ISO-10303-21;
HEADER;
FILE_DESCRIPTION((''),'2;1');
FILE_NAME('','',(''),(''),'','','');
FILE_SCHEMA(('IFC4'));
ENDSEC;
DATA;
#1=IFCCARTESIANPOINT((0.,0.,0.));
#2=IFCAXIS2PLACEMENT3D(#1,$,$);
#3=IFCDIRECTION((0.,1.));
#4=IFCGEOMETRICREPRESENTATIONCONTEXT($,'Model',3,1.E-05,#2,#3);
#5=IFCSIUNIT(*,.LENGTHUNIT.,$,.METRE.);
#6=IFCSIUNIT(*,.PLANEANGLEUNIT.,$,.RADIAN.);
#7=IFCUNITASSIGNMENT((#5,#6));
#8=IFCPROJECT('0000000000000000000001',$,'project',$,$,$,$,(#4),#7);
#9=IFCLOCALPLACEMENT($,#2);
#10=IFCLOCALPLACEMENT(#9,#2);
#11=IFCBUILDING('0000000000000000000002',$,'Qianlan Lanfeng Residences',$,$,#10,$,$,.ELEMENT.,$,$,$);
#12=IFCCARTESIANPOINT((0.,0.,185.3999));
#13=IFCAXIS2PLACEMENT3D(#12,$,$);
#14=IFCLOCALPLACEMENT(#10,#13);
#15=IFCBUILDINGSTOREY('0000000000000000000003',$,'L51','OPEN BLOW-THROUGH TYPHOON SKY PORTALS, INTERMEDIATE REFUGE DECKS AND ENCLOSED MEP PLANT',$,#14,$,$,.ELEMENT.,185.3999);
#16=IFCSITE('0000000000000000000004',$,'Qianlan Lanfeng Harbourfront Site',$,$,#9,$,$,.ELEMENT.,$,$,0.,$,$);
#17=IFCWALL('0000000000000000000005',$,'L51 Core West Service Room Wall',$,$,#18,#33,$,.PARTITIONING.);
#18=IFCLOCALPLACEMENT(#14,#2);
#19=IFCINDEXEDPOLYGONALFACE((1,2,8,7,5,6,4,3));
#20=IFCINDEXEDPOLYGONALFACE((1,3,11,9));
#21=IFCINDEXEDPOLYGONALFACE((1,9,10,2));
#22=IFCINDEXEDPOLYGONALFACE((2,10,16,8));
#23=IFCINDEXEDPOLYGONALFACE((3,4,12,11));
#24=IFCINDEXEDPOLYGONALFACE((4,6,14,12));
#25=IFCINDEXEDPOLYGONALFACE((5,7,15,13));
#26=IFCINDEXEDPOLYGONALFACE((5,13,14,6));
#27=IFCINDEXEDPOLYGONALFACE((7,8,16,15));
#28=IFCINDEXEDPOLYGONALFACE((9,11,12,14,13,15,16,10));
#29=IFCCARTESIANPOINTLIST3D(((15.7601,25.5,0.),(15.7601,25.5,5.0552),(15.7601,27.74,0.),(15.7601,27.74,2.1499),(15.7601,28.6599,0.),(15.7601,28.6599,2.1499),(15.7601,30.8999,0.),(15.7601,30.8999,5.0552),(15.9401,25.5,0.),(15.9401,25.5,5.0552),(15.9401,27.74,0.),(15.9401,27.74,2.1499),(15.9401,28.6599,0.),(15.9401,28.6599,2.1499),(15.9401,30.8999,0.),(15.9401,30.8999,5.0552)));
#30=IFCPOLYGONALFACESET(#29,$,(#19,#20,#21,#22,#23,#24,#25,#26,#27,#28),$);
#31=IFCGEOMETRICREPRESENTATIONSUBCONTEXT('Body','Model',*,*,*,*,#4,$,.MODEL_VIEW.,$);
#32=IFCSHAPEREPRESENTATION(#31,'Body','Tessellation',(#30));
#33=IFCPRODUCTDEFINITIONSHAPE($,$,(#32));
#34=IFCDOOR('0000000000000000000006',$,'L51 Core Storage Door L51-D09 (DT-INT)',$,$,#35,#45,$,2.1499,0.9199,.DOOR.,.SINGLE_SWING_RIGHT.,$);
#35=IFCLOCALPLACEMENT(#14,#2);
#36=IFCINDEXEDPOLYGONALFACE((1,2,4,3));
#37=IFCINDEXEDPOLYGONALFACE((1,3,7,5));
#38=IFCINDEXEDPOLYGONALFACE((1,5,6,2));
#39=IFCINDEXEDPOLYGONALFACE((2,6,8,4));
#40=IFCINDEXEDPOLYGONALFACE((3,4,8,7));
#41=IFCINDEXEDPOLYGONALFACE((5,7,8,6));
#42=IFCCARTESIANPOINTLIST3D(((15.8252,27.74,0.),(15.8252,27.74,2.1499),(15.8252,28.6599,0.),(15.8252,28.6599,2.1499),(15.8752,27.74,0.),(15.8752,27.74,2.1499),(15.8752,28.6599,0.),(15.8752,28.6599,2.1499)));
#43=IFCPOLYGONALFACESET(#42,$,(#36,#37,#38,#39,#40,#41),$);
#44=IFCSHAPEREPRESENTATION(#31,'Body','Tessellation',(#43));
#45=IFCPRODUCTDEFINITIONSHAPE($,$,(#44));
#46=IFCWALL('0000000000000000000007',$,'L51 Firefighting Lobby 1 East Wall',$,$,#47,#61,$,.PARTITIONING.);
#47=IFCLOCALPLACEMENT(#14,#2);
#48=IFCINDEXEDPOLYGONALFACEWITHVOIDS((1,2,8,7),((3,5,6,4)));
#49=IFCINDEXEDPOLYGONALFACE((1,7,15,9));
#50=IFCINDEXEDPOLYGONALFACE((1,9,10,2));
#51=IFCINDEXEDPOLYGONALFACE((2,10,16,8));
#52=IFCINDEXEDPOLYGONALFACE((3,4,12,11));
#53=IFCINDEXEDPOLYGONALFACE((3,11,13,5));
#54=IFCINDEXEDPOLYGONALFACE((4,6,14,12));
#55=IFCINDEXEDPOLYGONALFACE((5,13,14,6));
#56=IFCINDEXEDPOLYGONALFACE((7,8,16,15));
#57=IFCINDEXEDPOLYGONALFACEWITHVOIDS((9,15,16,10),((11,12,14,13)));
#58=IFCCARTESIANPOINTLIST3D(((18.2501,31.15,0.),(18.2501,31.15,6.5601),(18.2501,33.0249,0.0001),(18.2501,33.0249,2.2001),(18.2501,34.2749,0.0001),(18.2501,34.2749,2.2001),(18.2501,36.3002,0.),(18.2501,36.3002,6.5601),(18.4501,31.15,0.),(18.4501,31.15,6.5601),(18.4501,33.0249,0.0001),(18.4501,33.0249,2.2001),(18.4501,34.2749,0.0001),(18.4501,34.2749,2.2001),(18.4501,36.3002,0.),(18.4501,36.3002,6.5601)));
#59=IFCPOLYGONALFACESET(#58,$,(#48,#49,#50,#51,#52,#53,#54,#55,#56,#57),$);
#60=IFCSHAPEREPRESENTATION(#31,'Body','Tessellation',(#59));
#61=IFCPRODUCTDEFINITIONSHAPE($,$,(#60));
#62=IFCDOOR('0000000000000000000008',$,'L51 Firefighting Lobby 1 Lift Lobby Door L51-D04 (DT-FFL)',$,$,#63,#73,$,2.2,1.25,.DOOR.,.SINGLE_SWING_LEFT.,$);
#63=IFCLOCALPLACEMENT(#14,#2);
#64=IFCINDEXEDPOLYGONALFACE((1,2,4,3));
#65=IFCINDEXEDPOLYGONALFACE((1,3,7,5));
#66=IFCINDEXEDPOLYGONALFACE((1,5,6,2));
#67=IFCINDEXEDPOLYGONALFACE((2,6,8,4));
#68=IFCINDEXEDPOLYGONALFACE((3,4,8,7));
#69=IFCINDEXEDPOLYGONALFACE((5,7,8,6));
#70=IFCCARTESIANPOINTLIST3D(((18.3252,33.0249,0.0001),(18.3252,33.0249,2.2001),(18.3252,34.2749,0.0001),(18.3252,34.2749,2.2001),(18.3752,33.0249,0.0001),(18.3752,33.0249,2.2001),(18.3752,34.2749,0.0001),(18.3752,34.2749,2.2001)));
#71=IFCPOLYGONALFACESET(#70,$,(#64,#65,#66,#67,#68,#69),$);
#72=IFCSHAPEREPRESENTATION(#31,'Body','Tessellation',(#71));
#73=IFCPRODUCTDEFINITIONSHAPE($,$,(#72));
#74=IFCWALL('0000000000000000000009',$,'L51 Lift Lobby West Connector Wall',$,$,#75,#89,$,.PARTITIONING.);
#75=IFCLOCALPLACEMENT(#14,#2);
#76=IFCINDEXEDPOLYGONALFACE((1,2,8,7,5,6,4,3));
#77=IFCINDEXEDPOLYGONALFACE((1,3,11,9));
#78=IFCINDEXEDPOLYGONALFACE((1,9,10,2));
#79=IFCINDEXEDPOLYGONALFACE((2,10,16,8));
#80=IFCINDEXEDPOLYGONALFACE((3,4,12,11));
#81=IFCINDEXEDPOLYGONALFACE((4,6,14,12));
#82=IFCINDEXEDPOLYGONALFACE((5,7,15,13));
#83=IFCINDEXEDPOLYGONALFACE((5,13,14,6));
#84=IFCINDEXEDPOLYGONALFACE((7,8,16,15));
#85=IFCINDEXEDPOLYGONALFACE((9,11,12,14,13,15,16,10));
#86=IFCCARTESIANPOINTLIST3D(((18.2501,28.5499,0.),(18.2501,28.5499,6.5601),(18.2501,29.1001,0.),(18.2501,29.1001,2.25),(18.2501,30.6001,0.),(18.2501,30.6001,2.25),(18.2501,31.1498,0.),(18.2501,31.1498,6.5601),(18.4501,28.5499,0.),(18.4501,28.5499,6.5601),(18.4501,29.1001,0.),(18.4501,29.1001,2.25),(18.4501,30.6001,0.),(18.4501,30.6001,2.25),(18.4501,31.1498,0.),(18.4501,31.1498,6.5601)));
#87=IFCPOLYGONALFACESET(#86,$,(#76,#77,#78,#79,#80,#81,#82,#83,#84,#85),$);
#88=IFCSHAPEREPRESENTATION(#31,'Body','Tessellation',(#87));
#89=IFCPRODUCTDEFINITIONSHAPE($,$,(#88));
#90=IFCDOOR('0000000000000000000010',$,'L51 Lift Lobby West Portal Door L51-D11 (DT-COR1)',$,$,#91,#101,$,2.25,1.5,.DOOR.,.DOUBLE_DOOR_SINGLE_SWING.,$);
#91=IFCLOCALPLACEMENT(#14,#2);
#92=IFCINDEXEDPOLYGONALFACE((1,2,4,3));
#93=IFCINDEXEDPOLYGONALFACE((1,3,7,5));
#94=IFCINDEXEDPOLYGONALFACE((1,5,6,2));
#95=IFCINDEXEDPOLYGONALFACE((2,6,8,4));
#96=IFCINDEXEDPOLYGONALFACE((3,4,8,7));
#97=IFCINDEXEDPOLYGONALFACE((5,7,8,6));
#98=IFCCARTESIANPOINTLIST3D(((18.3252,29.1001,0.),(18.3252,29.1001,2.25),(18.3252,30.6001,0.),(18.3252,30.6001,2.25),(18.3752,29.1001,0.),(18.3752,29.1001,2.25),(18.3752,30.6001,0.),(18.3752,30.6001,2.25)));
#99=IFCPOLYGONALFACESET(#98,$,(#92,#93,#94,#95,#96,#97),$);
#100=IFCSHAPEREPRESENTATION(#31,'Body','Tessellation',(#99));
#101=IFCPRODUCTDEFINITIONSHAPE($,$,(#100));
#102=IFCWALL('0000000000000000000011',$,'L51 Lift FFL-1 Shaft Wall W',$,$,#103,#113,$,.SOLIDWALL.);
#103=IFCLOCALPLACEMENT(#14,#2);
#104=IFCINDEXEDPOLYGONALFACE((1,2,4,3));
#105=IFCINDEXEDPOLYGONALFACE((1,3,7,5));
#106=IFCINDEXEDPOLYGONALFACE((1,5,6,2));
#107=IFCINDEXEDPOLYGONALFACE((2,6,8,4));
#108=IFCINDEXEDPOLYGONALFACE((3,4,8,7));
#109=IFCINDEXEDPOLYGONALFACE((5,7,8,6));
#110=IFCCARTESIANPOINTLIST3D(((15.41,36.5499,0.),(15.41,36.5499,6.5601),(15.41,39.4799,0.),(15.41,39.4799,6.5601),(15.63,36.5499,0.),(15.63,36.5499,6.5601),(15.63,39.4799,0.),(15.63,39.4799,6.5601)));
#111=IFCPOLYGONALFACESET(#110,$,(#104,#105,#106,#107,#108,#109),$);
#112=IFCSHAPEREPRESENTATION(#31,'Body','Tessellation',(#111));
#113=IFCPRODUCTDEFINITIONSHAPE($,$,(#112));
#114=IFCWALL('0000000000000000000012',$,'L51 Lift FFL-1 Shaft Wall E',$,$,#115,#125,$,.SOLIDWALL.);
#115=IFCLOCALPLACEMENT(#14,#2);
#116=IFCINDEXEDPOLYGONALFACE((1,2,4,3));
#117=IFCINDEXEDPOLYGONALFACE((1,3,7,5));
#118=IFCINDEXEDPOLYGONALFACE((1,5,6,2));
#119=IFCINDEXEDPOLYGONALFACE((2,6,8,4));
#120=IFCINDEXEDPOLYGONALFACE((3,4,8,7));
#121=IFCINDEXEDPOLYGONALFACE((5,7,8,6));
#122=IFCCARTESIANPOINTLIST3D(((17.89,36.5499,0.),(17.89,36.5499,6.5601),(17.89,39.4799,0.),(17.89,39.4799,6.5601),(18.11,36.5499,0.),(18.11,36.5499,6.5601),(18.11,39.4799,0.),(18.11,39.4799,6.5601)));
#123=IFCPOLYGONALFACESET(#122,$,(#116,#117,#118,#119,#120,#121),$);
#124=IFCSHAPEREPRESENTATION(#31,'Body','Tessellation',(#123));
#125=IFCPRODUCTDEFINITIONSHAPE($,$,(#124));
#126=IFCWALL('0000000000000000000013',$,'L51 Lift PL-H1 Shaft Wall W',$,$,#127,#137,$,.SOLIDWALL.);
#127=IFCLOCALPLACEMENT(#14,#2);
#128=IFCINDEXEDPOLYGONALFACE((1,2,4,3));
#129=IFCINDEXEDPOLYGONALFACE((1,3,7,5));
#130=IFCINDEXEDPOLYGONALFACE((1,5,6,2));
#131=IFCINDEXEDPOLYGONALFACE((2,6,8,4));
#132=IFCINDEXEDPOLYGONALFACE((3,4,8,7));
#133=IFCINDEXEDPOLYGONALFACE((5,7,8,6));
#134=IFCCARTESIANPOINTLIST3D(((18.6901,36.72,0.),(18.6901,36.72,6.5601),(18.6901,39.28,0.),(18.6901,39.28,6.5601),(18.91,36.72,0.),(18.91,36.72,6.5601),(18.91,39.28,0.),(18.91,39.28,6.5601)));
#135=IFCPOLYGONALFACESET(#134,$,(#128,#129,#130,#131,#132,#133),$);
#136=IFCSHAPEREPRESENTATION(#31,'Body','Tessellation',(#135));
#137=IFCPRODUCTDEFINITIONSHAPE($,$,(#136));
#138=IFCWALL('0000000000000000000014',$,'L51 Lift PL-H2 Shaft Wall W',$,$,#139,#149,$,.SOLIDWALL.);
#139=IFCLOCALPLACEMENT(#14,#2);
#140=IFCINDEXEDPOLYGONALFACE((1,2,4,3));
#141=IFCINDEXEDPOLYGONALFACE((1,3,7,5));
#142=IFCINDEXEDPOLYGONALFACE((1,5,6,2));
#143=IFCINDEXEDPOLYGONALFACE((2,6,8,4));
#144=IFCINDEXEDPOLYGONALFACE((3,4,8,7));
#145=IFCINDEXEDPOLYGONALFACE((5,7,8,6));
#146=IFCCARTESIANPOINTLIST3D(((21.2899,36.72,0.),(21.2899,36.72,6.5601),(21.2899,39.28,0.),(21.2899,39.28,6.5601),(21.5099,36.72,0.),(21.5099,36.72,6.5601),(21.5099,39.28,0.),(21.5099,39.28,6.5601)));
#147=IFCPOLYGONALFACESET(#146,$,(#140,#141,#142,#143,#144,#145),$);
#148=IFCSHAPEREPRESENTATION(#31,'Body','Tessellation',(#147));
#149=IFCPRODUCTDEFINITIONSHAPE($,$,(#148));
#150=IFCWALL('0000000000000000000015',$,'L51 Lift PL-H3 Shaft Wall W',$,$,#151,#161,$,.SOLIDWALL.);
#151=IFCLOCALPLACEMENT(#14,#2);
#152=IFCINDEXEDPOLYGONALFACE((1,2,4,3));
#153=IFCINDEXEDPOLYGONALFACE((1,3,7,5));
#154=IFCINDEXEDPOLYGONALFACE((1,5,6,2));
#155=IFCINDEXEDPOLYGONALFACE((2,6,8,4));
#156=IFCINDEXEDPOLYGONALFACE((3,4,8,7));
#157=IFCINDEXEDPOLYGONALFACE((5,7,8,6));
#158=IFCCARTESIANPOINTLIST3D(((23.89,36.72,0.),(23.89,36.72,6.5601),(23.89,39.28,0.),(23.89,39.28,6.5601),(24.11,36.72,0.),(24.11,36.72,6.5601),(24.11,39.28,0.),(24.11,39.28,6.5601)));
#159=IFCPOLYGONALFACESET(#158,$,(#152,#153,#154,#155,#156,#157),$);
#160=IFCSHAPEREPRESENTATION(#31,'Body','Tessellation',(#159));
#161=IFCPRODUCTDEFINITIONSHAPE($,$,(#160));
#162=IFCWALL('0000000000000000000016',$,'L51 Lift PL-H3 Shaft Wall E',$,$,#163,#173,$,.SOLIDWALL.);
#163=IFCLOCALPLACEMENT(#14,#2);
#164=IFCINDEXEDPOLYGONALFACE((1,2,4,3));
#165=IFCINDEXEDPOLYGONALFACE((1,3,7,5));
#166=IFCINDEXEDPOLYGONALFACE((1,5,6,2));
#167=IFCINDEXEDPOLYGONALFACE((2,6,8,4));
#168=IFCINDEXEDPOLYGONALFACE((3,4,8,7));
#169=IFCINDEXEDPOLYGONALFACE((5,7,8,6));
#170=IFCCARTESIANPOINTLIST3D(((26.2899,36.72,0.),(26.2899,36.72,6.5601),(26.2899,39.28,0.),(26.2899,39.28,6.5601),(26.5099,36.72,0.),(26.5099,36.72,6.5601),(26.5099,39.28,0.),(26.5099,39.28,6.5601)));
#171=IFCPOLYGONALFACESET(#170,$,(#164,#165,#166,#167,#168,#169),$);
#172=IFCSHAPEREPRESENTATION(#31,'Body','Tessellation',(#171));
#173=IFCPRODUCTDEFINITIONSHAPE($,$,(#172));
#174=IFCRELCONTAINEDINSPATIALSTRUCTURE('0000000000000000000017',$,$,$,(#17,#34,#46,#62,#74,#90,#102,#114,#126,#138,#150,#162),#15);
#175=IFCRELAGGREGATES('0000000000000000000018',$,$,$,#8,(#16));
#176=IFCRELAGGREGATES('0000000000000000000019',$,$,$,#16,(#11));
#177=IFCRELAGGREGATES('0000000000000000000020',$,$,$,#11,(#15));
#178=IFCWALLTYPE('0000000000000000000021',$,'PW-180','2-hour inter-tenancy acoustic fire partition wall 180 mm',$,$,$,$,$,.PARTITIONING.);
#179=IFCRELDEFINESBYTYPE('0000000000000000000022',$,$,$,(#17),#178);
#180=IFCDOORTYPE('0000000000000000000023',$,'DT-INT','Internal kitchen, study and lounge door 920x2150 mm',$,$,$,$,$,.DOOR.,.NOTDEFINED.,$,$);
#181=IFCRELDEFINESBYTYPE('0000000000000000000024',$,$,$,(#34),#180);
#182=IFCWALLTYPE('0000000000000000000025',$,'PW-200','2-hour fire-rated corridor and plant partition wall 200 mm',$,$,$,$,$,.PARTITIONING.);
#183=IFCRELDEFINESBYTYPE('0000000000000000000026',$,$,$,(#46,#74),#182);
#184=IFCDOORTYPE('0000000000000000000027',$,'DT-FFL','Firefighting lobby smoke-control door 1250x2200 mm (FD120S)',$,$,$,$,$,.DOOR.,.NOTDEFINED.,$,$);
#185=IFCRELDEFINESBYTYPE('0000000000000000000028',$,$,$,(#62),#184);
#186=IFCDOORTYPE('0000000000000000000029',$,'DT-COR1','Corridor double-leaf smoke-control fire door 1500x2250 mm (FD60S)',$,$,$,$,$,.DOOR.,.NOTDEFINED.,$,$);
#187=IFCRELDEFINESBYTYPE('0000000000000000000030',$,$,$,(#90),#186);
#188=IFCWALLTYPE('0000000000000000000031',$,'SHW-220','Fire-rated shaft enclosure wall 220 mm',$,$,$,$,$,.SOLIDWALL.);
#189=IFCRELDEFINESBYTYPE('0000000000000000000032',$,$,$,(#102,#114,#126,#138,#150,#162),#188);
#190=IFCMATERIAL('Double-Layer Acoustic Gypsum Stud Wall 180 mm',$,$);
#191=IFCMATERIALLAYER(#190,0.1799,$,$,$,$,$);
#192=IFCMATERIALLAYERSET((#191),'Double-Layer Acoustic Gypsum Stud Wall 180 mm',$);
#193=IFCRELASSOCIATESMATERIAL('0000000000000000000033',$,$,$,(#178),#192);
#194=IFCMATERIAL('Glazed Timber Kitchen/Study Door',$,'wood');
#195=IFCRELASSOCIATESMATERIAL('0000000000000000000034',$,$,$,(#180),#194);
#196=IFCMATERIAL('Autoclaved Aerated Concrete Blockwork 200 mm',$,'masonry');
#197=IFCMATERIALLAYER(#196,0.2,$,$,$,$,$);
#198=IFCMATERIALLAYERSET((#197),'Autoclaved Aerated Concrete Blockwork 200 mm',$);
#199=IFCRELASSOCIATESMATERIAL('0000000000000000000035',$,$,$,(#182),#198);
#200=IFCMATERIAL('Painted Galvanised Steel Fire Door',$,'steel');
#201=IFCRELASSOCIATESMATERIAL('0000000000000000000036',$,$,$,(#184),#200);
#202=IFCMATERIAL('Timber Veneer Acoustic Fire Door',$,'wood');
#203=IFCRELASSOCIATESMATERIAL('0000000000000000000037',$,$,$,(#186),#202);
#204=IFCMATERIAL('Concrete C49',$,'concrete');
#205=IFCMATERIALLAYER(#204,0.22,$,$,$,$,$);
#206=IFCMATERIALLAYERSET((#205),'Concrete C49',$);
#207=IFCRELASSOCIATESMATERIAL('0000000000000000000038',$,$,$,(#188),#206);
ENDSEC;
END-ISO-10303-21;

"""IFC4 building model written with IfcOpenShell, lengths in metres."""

from ifc_helpers import new_model, si_unit, direction, frame, frame_2d, origin, place, context, subcontext, project, spatial, rectangle, extrude, material, layer, layer_set, type_object, element, fill, save


model = new_model("IFC4")

# Units and contexts
model_context = context("Model", 3, precision=1e-05, world=origin(), true_north=direction((0.0, 1.0)))
body_context = subcontext(model_context, "Body", "Model", "MODEL_VIEW")
ifc_project = project(units=[si_unit("LENGTHUNIT", "METRE"), si_unit("PLANEANGLEUNIT", "RADIAN")], contexts=[model_context])

# Site, building, storey
site_placement = place(None, origin())
site = spatial("IfcSite", under=ifc_project, at=site_placement, Name="Qianlan Lanfeng Harbourfront Site", CompositionType="ELEMENT", RefElevation=0.0)
building_placement = place(site_placement, origin())
building = spatial("IfcBuilding", under=site, at=building_placement, Name="Qianlan Lanfeng Residences", CompositionType="ELEMENT")
storey_placement = place(building_placement, frame((0.0, 0.0, 185.3999)))
storey = spatial("IfcBuildingStorey", under=building, at=storey_placement, Name="L51", Description="OPEN BLOW-THROUGH TYPHOON SKY PORTALS, INTERMEDIATE REFUGE DECKS AND ENCLOSED MEP PLANT", CompositionType="ELEMENT", Elevation=185.3999)

# Walls, openings, doors
ifc_material_1 = material(Name="Double-Layer Acoustic Gypsum Stud Wall 180 mm")
ifc_layer_1 = layer(ifc_material_1, 0.1799)
ifc_layer_set_1 = layer_set([ifc_layer_1], Name="Double-Layer Acoustic Gypsum Stud Wall 180 mm")
wall_type_1 = type_object("IfcWallType", Name="PW-180", Description="2-hour inter-tenancy acoustic fire partition wall 180 mm", PredefinedType="PARTITIONING", material=ifc_layer_set_1)
wall_1_placement = place(storey_placement, frame((15.8501, 25.5, 0.0), z_axis=(0.0, 0.0, 1.0), x_axis=(0.0, 1.0, 0.0)))
wall_1 = element("IfcWall", 1, at=wall_1_placement, inside=storey, type_object=wall_type_1, Name="L51 Core West Service Room Wall", PredefinedType="PARTITIONING", context=body_context, shape_type="SweptSolid", body=[
    extrude(rectangle(XDim=5.3999, YDim=0.1799, at=frame_2d((2.7, 0.0))), origin(), (0.0, 0.0, 1.0), 5.0552),
])
opening_1_placement = place(wall_1_placement, frame((2.24, 0.0, 0.0)))
opening_1 = element("IfcOpeningElement", 2, at=opening_1_placement, cuts=wall_1, PredefinedType="OPENING", context=body_context, shape_type="SweptSolid", body=[
    extrude(rectangle(XDim=0.9199, YDim=2.1499, at=frame_2d((0.46, 1.075))), frame((0.0, 0.1001, 0.0), z_axis=(0.0, -1.0, 0.0), x_axis=(1.0, 0.0, 0.0)), (0.0, 0.0, 1.0), 0.2),
])
ifc_material_2 = material(Name="Glazed Timber Kitchen/Study Door", Category="wood")
door_type_1 = type_object("IfcDoorType", Name="DT-INT", Description="Internal kitchen, study and lounge door 920x2150 mm", OperationType="NOTDEFINED", PredefinedType="DOOR", material=ifc_material_2)
door_1_placement = place(opening_1_placement, origin())
door_1 = element("IfcDoor", 3, at=door_1_placement, inside=storey, type_object=door_type_1, Name="L51 Core Storage Door L51-D09 (DT-INT)", OperationType="SINGLE_SWING_RIGHT", OverallHeight=2.1499, OverallWidth=0.9199, PredefinedType="DOOR", context=body_context, shape_type="SweptSolid", body=[
    extrude(rectangle(XDim=0.9199, YDim=2.1499, at=frame_2d((0.46, 1.075))), frame((0.0, 0.0249, 0.0), z_axis=(0.0, -1.0, 0.0), x_axis=(1.0, 0.0, 0.0)), (0.0, 0.0, 1.0), 0.05),
])
fill(opening_1, door_1)
ifc_material_3 = material(Name="Autoclaved Aerated Concrete Blockwork 200 mm", Category="masonry")
ifc_layer_2 = layer(ifc_material_3, 0.2)
ifc_layer_set_2 = layer_set([ifc_layer_2], Name="Autoclaved Aerated Concrete Blockwork 200 mm")
wall_type_2 = type_object("IfcWallType", Name="PW-200", Description="2-hour fire-rated corridor and plant partition wall 200 mm", PredefinedType="PARTITIONING", material=ifc_layer_set_2)
wall_2_placement = place(storey_placement, frame((18.3501, 31.1499, 0.0), z_axis=(0.0, 0.0, 1.0), x_axis=(0.0, 1.0, 0.0)))
wall_2 = element("IfcWall", 4, at=wall_2_placement, inside=storey, type_object=wall_type_2, Name="L51 Firefighting Lobby 1 East Wall", PredefinedType="PARTITIONING", context=body_context, shape_type="SweptSolid", body=[
    extrude(rectangle(XDim=5.1501, YDim=0.2, at=frame_2d((2.5752, 0.0))), origin(), (0.0, 0.0, 1.0), 6.5601),
])
opening_2_placement = place(wall_2_placement, frame((1.875, 0.0, 0.0)))
opening_2 = element("IfcOpeningElement", 5, at=opening_2_placement, cuts=wall_2, PredefinedType="OPENING", context=body_context, shape_type="SweptSolid", body=[
    extrude(rectangle(XDim=1.25, YDim=2.2, at=frame_2d((0.625, 1.1001))), frame((0.0, 0.1099, 0.0), z_axis=(0.0, -1.0, 0.0), x_axis=(1.0, 0.0, 0.0)), (0.0, 0.0, 1.0), 0.22),
])
ifc_material_4 = material(Name="Painted Galvanised Steel Fire Door", Category="steel")
door_type_2 = type_object("IfcDoorType", Name="DT-FFL", Description="Firefighting lobby smoke-control door 1250x2200 mm (FD120S)", OperationType="NOTDEFINED", PredefinedType="DOOR", material=ifc_material_4)
door_2_placement = place(opening_2_placement, origin())
door_2 = element("IfcDoor", 6, at=door_2_placement, inside=storey, type_object=door_type_2, Name="L51 Firefighting Lobby 1 Lift Lobby Door L51-D04 (DT-FFL)", OperationType="SINGLE_SWING_LEFT", OverallHeight=2.2, OverallWidth=1.25, PredefinedType="DOOR", context=body_context, shape_type="SweptSolid", body=[
    extrude(rectangle(XDim=1.25, YDim=2.2, at=frame_2d((0.625, 1.1001))), frame((0.0, 0.0249, 0.0), z_axis=(0.0, -1.0, 0.0), x_axis=(1.0, 0.0, 0.0)), (0.0, 0.0, 1.0), 0.05),
])
fill(opening_2, door_2)
wall_3_placement = place(storey_placement, frame((18.3501, 28.55, 0.0), z_axis=(0.0, 0.0, 1.0), x_axis=(0.0, 1.0, 0.0)))
wall_3 = element("IfcWall", 7, at=wall_3_placement, inside=storey, type_object=wall_type_2, Name="L51 Lift Lobby West Connector Wall", PredefinedType="PARTITIONING", context=body_context, shape_type="SweptSolid", body=[
    extrude(rectangle(XDim=2.5999, YDim=0.2, at=frame_2d((1.2998, 0.0))), origin(), (0.0, 0.0, 1.0), 6.5601),
])
opening_3_placement = place(wall_3_placement, frame((0.55, 0.0, 0.0)))
opening_3 = element("IfcOpeningElement", 8, at=opening_3_placement, cuts=wall_3, PredefinedType="OPENING", context=body_context, shape_type="SweptSolid", body=[
    extrude(rectangle(XDim=1.5, YDim=2.25, at=frame_2d((0.75, 1.125))), frame((0.0, 0.1099, 0.0), z_axis=(0.0, -1.0, 0.0), x_axis=(1.0, 0.0, 0.0)), (0.0, 0.0, 1.0), 0.22),
])
ifc_material_5 = material(Name="Timber Veneer Acoustic Fire Door", Category="wood")
door_type_3 = type_object("IfcDoorType", Name="DT-COR1", Description="Corridor double-leaf smoke-control fire door 1500x2250 mm (FD60S)", OperationType="NOTDEFINED", PredefinedType="DOOR", material=ifc_material_5)
door_3_placement = place(opening_3_placement, origin())
door_3 = element("IfcDoor", 9, at=door_3_placement, inside=storey, type_object=door_type_3, Name="L51 Lift Lobby West Portal Door L51-D11 (DT-COR1)", OperationType="DOUBLE_DOOR_SINGLE_SWING", OverallHeight=2.25, OverallWidth=1.5, PredefinedType="DOOR", context=body_context, shape_type="SweptSolid", body=[
    extrude(rectangle(XDim=1.5, YDim=2.25, at=frame_2d((0.75, 1.125))), frame((0.0, 0.0249, 0.0), z_axis=(0.0, -1.0, 0.0), x_axis=(1.0, 0.0, 0.0)), (0.0, 0.0, 1.0), 0.05),
])
fill(opening_3, door_3)

# Walls
ifc_material_6 = material(Name="Concrete C49", Category="concrete")
ifc_layer_3 = layer(ifc_material_6, 0.22)
ifc_layer_set_3 = layer_set([ifc_layer_3], Name="Concrete C49")
wall_type_3 = type_object("IfcWallType", Name="SHW-220", Description="Fire-rated shaft enclosure wall 220 mm", PredefinedType="SOLIDWALL", material=ifc_layer_set_3)
for number, where, z_axis, x_axis, name in (
    (10, (15.52, 36.55, 0.0), (0.0, 0.0, 1.0), (0.0, 1.0, 0.0), "L51 Lift FFL-1 Shaft Wall W"),
    (11, (18.0, 36.55, 0.0), (0.0, 0.0, 1.0), (0.0, 1.0, 0.0), "L51 Lift FFL-1 Shaft Wall E"),
):
    element("IfcWall", number, at=place(storey_placement, frame(where, z_axis=z_axis, x_axis=x_axis)), inside=storey, type_object=wall_type_3, Name=name, PredefinedType="SOLIDWALL", context=body_context, shape_type="SweptSolid", body=[
        extrude(rectangle(XDim=2.9299, YDim=0.22, at=frame_2d((1.4648, 0.0))), origin(), (0.0, 0.0, 1.0), 6.5601),
    ])
for number, where, z_axis, x_axis, name in (
    (12, (18.8, 36.72, 0.0), (0.0, 0.0, 1.0), (0.0, 1.0, 0.0), "L51 Lift PL-H1 Shaft Wall W"),
    (13, (21.3999, 36.72, 0.0), (0.0, 0.0, 1.0), (0.0, 1.0, 0.0), "L51 Lift PL-H2 Shaft Wall W"),
    (14, (24.0, 36.72, 0.0), (0.0, 0.0, 1.0), (0.0, 1.0, 0.0), "L51 Lift PL-H3 Shaft Wall W"),
    (15, (26.3999, 36.72, 0.0), (0.0, 0.0, 1.0), (0.0, 1.0, 0.0), "L51 Lift PL-H3 Shaft Wall E"),
):
    element("IfcWall", number, at=place(storey_placement, frame(where, z_axis=z_axis, x_axis=x_axis)), inside=storey, type_object=wall_type_3, Name=name, PredefinedType="SOLIDWALL", context=body_context, shape_type="SweptSolid", body=[
        extrude(rectangle(XDim=2.5601, YDim=0.22, at=frame_2d((1.28, 0.0))), origin(), (0.0, 0.0, 1.0), 6.5601),
    ])

save(model, "model.ifc")
